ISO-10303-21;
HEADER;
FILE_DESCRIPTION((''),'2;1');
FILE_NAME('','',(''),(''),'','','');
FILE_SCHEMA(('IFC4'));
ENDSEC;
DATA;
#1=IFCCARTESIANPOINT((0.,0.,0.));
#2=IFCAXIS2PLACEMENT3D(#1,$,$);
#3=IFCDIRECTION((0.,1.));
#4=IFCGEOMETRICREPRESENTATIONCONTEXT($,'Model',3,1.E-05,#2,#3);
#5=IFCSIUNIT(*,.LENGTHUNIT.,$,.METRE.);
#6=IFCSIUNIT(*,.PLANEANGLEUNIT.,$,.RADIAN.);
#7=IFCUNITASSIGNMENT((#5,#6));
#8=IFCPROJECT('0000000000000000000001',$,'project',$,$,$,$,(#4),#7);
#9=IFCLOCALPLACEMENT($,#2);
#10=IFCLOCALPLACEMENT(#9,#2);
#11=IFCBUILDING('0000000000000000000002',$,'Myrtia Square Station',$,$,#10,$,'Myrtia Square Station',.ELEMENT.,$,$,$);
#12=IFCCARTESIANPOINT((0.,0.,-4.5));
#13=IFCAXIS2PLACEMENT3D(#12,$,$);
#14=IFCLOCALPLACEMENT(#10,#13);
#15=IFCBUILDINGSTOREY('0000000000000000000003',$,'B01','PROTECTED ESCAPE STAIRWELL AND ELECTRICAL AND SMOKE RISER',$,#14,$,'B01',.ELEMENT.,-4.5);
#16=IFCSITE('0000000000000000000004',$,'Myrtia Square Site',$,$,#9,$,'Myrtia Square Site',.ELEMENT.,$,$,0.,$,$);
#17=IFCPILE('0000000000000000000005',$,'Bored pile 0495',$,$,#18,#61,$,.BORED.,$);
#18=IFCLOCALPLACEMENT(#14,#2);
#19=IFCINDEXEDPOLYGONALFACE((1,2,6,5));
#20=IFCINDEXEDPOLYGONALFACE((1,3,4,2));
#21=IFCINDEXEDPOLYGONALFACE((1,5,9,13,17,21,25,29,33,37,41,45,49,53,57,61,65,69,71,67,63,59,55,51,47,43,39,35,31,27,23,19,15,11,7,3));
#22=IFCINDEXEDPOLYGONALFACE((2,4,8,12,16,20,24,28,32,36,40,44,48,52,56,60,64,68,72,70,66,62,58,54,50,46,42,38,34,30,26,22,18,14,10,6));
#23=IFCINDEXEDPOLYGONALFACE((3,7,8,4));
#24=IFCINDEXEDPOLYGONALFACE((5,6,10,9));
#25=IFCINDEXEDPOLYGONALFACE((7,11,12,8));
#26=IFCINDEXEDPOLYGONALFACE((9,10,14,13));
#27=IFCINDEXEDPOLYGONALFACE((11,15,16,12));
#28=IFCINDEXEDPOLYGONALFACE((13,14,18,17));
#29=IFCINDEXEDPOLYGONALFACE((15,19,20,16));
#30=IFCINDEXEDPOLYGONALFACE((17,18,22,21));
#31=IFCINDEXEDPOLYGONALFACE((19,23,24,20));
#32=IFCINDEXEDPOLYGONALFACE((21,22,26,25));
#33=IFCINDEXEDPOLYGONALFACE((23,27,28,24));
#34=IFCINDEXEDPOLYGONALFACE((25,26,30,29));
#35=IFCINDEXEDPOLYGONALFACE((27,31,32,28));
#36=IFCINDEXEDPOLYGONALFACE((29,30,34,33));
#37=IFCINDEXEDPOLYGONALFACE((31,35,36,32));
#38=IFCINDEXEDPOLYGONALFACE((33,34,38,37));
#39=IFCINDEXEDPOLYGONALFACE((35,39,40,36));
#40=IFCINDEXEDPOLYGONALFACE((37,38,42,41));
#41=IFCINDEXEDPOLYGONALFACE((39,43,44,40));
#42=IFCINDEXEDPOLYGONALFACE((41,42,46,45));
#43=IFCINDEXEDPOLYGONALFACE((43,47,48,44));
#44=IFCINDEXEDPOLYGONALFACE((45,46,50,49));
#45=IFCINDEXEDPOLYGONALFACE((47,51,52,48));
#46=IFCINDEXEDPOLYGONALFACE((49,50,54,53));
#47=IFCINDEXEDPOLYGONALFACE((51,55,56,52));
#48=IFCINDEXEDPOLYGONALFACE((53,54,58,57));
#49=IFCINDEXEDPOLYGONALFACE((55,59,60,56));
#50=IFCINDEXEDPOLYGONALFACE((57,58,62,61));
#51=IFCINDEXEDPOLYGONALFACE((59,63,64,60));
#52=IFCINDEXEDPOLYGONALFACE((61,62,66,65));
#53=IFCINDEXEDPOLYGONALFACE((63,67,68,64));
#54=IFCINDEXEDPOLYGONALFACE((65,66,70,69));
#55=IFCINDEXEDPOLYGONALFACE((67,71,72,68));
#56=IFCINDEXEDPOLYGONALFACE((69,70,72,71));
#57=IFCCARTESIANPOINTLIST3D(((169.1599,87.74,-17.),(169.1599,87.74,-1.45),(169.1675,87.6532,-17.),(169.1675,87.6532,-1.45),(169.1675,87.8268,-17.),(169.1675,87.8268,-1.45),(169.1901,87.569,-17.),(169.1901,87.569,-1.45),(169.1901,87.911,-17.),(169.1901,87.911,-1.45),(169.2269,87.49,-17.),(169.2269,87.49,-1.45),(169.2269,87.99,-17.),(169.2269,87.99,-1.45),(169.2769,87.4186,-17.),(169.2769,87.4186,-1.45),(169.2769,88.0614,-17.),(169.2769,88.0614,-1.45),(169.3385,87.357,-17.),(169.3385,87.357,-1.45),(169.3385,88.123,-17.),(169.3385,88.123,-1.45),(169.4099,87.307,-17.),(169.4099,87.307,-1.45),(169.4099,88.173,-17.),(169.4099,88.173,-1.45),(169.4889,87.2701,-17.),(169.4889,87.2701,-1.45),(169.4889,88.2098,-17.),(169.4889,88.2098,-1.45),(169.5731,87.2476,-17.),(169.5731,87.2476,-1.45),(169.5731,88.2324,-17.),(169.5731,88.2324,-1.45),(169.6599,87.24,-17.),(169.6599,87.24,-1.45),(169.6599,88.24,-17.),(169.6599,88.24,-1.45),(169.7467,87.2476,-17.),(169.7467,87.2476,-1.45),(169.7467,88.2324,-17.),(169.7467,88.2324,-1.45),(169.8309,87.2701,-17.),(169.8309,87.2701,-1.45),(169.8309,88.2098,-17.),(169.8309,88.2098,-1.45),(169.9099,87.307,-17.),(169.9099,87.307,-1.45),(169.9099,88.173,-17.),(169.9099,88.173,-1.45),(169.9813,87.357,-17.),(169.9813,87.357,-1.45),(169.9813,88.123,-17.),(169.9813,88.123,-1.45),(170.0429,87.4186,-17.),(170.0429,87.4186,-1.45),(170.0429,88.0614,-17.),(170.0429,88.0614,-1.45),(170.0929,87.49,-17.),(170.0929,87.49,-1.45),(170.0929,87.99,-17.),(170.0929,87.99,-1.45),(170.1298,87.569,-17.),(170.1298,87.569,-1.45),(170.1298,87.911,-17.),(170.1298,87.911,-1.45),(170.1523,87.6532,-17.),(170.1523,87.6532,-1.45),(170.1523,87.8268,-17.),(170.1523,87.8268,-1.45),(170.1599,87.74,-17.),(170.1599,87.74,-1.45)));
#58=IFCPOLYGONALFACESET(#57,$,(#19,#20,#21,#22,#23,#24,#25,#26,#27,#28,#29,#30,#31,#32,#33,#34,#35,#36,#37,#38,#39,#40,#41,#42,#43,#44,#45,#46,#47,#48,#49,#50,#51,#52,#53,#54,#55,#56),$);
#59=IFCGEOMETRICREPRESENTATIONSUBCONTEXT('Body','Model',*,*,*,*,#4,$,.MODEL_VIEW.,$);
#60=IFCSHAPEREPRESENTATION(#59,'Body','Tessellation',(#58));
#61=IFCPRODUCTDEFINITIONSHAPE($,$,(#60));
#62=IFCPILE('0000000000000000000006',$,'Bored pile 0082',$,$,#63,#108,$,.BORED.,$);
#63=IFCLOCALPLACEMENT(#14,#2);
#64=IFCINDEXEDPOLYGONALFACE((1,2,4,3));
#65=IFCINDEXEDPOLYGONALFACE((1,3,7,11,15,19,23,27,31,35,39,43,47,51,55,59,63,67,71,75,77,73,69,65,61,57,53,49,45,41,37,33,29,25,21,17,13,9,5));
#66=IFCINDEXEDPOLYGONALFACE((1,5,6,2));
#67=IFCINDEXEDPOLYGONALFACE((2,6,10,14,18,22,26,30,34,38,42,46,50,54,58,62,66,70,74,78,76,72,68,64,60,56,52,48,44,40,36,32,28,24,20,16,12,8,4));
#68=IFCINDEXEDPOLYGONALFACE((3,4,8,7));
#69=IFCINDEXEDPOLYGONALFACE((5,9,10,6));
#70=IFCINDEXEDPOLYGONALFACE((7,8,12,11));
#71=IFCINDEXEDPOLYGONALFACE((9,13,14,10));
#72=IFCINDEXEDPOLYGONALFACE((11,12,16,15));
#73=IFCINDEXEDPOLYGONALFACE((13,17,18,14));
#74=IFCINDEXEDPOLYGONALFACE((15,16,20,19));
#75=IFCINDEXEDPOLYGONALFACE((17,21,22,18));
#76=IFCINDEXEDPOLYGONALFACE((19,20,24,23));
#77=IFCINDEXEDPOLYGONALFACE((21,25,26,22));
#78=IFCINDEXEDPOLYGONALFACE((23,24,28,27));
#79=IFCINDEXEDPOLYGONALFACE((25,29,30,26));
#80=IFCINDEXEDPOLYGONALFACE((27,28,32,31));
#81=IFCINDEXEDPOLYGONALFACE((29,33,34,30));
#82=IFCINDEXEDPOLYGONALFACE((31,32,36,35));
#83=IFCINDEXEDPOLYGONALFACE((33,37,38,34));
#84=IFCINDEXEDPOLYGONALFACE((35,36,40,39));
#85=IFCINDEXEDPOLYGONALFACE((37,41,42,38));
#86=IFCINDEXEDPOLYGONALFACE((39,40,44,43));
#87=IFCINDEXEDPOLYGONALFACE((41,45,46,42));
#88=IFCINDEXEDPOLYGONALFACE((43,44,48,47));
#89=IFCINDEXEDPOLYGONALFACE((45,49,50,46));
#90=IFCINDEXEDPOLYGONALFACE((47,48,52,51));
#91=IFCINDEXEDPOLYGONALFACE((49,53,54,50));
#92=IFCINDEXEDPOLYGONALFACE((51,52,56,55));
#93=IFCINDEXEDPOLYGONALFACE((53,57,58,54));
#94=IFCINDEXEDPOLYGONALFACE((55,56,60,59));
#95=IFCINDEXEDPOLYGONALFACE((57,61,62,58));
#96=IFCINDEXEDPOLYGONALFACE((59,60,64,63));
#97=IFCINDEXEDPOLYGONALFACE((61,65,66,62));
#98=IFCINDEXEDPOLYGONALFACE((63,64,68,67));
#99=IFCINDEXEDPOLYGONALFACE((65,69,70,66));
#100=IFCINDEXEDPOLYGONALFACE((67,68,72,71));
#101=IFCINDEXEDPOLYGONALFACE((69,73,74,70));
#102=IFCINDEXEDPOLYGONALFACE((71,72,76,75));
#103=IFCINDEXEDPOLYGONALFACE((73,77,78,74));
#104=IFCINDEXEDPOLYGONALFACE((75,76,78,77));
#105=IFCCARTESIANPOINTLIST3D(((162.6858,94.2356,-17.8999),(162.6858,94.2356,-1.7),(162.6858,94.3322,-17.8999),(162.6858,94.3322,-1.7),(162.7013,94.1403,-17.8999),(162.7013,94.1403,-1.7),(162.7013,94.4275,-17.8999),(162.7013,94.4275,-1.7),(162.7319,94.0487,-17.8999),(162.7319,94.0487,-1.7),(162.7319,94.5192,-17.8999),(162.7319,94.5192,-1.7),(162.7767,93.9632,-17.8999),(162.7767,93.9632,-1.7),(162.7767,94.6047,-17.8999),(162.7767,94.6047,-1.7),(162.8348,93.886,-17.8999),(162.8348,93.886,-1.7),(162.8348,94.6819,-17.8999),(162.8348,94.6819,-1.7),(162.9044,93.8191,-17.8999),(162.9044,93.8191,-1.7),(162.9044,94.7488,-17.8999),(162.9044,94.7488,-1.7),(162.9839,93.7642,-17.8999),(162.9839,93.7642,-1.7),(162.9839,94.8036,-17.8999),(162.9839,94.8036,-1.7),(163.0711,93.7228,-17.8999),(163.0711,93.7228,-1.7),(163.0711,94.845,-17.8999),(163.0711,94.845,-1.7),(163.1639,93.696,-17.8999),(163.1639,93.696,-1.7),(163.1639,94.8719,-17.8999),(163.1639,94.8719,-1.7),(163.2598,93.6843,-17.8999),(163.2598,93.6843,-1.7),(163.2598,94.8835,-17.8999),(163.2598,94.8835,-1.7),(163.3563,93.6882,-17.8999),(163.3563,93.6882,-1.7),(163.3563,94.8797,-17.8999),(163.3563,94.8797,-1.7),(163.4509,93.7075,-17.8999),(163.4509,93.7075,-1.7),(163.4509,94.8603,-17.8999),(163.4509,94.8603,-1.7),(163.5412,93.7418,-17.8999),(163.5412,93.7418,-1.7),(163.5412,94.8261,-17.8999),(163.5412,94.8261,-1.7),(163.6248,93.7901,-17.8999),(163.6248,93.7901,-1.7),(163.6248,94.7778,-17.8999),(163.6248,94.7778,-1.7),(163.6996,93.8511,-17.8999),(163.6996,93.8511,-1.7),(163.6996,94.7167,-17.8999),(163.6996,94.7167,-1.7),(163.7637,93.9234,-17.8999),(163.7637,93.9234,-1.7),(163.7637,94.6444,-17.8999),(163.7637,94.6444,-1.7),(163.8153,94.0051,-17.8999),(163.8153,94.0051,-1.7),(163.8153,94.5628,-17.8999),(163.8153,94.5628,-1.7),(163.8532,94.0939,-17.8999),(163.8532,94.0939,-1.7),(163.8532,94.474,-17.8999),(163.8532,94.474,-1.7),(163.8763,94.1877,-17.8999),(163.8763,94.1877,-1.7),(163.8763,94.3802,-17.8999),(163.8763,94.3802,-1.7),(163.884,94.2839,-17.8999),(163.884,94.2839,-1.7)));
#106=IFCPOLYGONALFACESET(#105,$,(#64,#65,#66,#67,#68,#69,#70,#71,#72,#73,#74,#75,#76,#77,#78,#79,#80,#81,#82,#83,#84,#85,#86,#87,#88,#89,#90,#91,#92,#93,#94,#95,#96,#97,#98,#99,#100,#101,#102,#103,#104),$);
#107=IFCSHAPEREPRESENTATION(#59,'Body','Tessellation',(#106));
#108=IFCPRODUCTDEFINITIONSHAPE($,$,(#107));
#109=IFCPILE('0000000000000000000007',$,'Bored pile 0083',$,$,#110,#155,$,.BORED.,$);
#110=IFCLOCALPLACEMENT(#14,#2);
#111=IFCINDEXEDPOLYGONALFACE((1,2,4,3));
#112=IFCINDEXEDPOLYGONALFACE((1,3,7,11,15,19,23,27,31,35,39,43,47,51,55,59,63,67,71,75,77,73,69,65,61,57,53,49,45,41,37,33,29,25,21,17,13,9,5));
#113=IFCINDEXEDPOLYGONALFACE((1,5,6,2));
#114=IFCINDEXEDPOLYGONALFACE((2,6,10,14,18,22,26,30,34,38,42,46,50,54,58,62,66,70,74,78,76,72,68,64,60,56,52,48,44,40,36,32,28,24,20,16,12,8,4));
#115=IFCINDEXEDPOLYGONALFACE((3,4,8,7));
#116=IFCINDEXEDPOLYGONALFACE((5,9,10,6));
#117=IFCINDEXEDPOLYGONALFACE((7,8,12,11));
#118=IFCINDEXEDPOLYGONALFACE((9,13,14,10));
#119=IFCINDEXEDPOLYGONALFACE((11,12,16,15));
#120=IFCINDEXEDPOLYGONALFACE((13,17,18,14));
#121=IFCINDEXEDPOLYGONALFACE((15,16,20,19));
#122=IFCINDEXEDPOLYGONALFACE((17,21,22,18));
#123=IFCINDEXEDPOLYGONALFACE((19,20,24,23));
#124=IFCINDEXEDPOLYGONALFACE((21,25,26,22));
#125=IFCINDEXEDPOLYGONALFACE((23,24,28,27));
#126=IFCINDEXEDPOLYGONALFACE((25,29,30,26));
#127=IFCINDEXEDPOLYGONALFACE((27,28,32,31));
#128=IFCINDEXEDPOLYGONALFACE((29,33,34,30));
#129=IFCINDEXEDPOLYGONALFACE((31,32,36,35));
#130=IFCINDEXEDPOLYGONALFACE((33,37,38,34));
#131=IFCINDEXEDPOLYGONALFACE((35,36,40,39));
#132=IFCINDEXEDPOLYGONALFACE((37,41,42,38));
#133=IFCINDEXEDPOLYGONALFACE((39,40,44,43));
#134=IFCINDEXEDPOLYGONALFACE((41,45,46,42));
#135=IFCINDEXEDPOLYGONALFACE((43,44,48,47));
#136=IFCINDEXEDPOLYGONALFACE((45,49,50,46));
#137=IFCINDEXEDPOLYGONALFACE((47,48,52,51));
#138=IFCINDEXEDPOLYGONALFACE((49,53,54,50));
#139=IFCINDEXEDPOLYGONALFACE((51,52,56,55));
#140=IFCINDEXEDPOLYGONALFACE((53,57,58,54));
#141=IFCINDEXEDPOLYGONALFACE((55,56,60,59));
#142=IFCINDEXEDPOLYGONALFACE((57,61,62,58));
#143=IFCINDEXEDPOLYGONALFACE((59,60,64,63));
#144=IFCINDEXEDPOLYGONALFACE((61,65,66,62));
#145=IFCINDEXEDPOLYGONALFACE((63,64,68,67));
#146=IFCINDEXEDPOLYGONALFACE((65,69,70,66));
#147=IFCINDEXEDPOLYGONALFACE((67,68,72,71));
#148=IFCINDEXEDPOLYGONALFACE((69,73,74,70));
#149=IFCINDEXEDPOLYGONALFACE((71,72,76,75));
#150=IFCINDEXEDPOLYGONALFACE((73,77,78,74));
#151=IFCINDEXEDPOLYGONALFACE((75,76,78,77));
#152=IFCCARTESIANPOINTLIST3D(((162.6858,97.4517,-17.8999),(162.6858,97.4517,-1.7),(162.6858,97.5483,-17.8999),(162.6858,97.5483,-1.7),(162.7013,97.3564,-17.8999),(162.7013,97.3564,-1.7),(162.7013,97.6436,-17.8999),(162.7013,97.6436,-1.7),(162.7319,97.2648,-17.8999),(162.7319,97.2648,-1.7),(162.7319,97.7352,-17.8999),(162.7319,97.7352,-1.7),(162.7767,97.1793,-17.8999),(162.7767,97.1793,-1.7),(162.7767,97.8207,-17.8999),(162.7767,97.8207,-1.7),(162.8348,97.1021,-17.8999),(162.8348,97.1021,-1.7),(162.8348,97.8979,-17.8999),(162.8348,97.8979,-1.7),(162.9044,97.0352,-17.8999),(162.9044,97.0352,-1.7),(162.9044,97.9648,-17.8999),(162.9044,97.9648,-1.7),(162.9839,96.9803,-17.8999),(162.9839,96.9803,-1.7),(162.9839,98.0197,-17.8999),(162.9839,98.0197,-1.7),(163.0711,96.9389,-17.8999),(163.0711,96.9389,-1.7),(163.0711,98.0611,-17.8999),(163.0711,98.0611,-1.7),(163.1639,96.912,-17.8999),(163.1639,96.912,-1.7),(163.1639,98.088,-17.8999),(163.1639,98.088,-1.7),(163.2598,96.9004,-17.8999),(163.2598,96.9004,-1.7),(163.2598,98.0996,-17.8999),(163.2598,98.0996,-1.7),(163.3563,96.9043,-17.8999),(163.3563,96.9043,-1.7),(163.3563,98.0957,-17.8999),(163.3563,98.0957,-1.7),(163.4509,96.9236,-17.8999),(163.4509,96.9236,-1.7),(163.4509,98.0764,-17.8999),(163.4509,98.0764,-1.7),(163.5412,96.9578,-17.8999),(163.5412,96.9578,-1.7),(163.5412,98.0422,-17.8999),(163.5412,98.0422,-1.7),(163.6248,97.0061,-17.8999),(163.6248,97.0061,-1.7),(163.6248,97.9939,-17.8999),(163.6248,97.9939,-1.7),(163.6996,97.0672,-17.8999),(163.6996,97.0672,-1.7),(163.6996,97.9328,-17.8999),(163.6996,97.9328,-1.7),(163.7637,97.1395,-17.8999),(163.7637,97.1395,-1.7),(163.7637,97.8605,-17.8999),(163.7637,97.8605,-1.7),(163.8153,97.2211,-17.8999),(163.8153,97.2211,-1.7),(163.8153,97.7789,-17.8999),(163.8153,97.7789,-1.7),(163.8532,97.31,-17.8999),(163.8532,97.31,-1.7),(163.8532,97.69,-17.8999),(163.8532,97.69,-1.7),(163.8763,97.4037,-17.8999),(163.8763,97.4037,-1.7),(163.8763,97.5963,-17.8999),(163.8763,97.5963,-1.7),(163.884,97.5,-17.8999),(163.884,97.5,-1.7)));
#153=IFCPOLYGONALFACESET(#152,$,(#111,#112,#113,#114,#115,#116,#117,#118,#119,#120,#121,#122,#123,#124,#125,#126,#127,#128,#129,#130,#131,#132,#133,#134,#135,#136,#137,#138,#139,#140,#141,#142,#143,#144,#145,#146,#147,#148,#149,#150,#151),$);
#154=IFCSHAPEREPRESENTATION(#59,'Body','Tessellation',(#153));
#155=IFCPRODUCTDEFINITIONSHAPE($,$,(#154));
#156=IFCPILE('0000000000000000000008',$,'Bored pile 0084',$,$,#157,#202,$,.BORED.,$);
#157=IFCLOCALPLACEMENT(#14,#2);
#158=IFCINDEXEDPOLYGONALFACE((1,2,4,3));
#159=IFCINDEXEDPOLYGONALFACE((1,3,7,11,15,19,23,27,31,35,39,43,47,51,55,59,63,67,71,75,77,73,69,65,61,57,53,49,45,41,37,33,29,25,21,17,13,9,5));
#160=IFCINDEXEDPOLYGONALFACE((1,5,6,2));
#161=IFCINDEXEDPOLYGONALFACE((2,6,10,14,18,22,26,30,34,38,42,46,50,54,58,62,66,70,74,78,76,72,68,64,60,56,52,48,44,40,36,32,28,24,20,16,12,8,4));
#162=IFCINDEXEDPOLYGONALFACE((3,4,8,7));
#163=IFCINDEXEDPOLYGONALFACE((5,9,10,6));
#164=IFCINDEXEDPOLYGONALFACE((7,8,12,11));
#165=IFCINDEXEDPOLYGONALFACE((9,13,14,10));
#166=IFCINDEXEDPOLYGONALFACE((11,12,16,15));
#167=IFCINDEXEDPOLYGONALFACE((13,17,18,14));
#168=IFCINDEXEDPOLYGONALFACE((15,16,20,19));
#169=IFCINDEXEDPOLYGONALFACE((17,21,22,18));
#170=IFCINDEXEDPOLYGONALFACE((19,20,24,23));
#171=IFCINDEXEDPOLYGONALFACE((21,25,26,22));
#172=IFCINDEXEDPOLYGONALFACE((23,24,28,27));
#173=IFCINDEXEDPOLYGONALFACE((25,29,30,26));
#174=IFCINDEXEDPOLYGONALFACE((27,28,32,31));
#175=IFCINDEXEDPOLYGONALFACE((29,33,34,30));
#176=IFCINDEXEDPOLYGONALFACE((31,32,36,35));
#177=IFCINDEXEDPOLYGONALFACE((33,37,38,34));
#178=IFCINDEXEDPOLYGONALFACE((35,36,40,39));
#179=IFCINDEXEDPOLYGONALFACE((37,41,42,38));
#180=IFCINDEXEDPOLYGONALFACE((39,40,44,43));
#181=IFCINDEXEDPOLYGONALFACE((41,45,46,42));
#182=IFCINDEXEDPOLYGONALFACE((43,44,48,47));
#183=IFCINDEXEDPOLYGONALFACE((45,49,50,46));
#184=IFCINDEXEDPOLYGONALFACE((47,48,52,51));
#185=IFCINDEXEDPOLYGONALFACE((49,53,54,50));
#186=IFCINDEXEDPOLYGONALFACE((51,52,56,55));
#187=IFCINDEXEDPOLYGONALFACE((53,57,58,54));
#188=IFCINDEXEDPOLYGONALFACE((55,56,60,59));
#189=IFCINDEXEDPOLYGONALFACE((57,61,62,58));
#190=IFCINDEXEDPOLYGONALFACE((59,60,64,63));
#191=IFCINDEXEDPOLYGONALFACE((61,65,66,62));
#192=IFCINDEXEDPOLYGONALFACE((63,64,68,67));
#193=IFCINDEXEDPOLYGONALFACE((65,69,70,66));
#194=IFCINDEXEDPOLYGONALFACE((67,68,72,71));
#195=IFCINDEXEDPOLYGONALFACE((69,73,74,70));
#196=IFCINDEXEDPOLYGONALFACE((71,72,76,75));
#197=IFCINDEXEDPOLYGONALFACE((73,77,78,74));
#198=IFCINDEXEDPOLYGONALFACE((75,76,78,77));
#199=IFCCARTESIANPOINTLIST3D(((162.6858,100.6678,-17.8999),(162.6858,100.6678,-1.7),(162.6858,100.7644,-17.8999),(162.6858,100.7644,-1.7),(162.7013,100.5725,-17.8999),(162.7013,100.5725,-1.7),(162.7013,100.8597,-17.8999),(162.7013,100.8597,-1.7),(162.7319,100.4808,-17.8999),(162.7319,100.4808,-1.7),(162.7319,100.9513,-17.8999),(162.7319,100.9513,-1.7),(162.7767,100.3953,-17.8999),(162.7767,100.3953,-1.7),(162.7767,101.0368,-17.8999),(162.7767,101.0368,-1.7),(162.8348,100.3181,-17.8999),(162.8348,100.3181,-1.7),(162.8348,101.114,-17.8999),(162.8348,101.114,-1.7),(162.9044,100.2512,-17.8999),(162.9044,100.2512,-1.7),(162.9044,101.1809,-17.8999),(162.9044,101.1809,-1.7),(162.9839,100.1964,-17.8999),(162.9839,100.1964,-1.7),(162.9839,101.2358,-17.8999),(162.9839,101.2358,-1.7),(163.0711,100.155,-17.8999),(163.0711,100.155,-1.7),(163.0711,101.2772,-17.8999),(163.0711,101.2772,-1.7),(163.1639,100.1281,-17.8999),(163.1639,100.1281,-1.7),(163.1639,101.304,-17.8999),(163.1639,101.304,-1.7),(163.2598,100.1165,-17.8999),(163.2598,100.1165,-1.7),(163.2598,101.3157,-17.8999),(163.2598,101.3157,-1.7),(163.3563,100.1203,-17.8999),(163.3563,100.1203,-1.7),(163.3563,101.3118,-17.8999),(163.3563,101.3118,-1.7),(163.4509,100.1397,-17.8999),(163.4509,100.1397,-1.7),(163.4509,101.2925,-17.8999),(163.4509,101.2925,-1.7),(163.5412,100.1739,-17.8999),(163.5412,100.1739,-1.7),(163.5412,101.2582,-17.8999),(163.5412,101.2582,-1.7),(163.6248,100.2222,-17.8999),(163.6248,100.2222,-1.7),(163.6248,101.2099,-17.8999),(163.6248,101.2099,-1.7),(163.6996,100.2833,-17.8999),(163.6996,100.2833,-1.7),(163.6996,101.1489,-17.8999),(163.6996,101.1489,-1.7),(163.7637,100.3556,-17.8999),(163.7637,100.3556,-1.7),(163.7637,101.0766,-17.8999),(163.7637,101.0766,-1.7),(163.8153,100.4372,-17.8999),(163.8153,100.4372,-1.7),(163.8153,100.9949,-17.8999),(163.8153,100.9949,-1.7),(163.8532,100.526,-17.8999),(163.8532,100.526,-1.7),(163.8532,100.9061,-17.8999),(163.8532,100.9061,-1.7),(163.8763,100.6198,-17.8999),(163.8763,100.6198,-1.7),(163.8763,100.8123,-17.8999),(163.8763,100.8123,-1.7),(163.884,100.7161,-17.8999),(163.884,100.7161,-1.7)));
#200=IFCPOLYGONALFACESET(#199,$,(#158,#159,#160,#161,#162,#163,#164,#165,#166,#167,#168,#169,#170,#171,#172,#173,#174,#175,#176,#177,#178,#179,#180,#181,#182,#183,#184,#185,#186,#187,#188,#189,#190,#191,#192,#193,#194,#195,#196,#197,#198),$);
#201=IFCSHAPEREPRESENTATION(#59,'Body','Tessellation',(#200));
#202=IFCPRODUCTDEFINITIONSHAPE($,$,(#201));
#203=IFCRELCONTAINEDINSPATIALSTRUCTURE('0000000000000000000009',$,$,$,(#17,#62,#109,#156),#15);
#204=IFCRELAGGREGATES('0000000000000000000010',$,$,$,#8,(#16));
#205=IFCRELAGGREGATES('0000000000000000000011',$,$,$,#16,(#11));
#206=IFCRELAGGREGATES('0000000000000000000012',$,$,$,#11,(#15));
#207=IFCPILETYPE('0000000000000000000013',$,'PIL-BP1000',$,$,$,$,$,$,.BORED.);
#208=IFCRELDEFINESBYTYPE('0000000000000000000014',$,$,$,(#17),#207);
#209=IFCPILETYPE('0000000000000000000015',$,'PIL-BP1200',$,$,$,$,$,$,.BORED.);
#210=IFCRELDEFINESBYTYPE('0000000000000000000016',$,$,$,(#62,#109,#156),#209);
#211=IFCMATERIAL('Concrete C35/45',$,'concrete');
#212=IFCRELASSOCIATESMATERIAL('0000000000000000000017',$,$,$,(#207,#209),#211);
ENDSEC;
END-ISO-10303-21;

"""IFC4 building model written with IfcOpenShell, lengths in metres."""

from ifc_helpers import new_model, si_unit, direction, frame, origin, origin_2d, place, context, subcontext, project, spatial, circle, extrude, material, material_profile, profile_set, type_object, element, save


model = new_model("IFC4")

# Units and contexts
model_context = context("Model", 3, precision=1e-05, world=origin(), true_north=direction((0.0, 1.0)))
body_context = subcontext(model_context, "Body", "Model", "MODEL_VIEW")
ifc_project = project(units=[si_unit("LENGTHUNIT", "METRE"), si_unit("PLANEANGLEUNIT", "RADIAN")], contexts=[model_context])

# Site, building, storey
site_placement = place(None, origin())
site = spatial("IfcSite", under=ifc_project, at=site_placement, Name="Myrtia Square Site", LongName="Myrtia Square Site", CompositionType="ELEMENT", RefElevation=0.0)
building_placement = place(site_placement, origin())
building = spatial("IfcBuilding", under=site, at=building_placement, Name="Myrtia Square Station", LongName="Myrtia Square Station", CompositionType="ELEMENT")
storey_placement = place(building_placement, frame((0.0, 0.0, -4.5)))
storey = spatial("IfcBuildingStorey", under=building, at=storey_placement, Name="B01", Description="PROTECTED ESCAPE STAIRWELL AND ELECTRICAL AND SMOKE RISER", LongName="B01", CompositionType="ELEMENT", Elevation=-4.5)

# Shared definitions
ifc_material_1 = material(Name="Concrete C35/45", Category="concrete")

# Piles
ifc_material_profile_1 = material_profile(ifc_material_1, circle(Radius=0.5, at=origin_2d()), Name="BP D1000")
ifc_profile_set_1 = profile_set([ifc_material_profile_1], Name="Concrete C35/45")
pile_type_1 = type_object("IfcPileType", Name="PIL-BP1000", PredefinedType="BORED", material=ifc_profile_set_1)
for number, where, z_axis, x_axis, name in (
    (1, (169.6599, 87.74, -1.45), (0.0, 0.0, -1.0), (1.0, 0.0, 0.0), "Bored pile 0495"),
):
    element("IfcPile", number, at=place(storey_placement, frame(where, z_axis=z_axis, x_axis=x_axis)), inside=storey, type_object=pile_type_1, Name=name, PredefinedType="BORED", context=body_context, shape_type="SweptSolid", body=[
        extrude(circle(Radius=0.5, at=origin_2d()), origin(), (0.0, 0.0, 1.0), 15.55),
    ])
ifc_material_profile_2 = material_profile(ifc_material_1, circle(Radius=0.6001, at=origin_2d()), Name="BP D1200")
ifc_profile_set_2 = profile_set([ifc_material_profile_2], Name="Concrete C35/45")
pile_type_2 = type_object("IfcPileType", Name="PIL-BP1200", PredefinedType="BORED", material=ifc_profile_set_2)
for number, where, z_axis, x_axis, name in (
    (2, (163.2839, 94.2839, -1.7), (0.0, 0.0, -1.0), (1.0, 0.0, 0.0), "Bored pile 0082"),
    (3, (163.2839, 97.5, -1.7), (0.0, 0.0, -1.0), (1.0, 0.0, 0.0), "Bored pile 0083"),
    (4, (163.2839, 100.7161, -1.7), (0.0, 0.0, -1.0), (1.0, 0.0, 0.0), "Bored pile 0084"),
):
    element("IfcPile", number, at=place(storey_placement, frame(where, z_axis=z_axis, x_axis=x_axis)), inside=storey, type_object=pile_type_2, Name=name, PredefinedType="BORED", context=body_context, shape_type="SweptSolid", body=[
        extrude(circle(Radius=0.6001, at=origin_2d()), origin(), (0.0, 0.0, 1.0), 16.2),
    ])

save(model, "model.ifc")
